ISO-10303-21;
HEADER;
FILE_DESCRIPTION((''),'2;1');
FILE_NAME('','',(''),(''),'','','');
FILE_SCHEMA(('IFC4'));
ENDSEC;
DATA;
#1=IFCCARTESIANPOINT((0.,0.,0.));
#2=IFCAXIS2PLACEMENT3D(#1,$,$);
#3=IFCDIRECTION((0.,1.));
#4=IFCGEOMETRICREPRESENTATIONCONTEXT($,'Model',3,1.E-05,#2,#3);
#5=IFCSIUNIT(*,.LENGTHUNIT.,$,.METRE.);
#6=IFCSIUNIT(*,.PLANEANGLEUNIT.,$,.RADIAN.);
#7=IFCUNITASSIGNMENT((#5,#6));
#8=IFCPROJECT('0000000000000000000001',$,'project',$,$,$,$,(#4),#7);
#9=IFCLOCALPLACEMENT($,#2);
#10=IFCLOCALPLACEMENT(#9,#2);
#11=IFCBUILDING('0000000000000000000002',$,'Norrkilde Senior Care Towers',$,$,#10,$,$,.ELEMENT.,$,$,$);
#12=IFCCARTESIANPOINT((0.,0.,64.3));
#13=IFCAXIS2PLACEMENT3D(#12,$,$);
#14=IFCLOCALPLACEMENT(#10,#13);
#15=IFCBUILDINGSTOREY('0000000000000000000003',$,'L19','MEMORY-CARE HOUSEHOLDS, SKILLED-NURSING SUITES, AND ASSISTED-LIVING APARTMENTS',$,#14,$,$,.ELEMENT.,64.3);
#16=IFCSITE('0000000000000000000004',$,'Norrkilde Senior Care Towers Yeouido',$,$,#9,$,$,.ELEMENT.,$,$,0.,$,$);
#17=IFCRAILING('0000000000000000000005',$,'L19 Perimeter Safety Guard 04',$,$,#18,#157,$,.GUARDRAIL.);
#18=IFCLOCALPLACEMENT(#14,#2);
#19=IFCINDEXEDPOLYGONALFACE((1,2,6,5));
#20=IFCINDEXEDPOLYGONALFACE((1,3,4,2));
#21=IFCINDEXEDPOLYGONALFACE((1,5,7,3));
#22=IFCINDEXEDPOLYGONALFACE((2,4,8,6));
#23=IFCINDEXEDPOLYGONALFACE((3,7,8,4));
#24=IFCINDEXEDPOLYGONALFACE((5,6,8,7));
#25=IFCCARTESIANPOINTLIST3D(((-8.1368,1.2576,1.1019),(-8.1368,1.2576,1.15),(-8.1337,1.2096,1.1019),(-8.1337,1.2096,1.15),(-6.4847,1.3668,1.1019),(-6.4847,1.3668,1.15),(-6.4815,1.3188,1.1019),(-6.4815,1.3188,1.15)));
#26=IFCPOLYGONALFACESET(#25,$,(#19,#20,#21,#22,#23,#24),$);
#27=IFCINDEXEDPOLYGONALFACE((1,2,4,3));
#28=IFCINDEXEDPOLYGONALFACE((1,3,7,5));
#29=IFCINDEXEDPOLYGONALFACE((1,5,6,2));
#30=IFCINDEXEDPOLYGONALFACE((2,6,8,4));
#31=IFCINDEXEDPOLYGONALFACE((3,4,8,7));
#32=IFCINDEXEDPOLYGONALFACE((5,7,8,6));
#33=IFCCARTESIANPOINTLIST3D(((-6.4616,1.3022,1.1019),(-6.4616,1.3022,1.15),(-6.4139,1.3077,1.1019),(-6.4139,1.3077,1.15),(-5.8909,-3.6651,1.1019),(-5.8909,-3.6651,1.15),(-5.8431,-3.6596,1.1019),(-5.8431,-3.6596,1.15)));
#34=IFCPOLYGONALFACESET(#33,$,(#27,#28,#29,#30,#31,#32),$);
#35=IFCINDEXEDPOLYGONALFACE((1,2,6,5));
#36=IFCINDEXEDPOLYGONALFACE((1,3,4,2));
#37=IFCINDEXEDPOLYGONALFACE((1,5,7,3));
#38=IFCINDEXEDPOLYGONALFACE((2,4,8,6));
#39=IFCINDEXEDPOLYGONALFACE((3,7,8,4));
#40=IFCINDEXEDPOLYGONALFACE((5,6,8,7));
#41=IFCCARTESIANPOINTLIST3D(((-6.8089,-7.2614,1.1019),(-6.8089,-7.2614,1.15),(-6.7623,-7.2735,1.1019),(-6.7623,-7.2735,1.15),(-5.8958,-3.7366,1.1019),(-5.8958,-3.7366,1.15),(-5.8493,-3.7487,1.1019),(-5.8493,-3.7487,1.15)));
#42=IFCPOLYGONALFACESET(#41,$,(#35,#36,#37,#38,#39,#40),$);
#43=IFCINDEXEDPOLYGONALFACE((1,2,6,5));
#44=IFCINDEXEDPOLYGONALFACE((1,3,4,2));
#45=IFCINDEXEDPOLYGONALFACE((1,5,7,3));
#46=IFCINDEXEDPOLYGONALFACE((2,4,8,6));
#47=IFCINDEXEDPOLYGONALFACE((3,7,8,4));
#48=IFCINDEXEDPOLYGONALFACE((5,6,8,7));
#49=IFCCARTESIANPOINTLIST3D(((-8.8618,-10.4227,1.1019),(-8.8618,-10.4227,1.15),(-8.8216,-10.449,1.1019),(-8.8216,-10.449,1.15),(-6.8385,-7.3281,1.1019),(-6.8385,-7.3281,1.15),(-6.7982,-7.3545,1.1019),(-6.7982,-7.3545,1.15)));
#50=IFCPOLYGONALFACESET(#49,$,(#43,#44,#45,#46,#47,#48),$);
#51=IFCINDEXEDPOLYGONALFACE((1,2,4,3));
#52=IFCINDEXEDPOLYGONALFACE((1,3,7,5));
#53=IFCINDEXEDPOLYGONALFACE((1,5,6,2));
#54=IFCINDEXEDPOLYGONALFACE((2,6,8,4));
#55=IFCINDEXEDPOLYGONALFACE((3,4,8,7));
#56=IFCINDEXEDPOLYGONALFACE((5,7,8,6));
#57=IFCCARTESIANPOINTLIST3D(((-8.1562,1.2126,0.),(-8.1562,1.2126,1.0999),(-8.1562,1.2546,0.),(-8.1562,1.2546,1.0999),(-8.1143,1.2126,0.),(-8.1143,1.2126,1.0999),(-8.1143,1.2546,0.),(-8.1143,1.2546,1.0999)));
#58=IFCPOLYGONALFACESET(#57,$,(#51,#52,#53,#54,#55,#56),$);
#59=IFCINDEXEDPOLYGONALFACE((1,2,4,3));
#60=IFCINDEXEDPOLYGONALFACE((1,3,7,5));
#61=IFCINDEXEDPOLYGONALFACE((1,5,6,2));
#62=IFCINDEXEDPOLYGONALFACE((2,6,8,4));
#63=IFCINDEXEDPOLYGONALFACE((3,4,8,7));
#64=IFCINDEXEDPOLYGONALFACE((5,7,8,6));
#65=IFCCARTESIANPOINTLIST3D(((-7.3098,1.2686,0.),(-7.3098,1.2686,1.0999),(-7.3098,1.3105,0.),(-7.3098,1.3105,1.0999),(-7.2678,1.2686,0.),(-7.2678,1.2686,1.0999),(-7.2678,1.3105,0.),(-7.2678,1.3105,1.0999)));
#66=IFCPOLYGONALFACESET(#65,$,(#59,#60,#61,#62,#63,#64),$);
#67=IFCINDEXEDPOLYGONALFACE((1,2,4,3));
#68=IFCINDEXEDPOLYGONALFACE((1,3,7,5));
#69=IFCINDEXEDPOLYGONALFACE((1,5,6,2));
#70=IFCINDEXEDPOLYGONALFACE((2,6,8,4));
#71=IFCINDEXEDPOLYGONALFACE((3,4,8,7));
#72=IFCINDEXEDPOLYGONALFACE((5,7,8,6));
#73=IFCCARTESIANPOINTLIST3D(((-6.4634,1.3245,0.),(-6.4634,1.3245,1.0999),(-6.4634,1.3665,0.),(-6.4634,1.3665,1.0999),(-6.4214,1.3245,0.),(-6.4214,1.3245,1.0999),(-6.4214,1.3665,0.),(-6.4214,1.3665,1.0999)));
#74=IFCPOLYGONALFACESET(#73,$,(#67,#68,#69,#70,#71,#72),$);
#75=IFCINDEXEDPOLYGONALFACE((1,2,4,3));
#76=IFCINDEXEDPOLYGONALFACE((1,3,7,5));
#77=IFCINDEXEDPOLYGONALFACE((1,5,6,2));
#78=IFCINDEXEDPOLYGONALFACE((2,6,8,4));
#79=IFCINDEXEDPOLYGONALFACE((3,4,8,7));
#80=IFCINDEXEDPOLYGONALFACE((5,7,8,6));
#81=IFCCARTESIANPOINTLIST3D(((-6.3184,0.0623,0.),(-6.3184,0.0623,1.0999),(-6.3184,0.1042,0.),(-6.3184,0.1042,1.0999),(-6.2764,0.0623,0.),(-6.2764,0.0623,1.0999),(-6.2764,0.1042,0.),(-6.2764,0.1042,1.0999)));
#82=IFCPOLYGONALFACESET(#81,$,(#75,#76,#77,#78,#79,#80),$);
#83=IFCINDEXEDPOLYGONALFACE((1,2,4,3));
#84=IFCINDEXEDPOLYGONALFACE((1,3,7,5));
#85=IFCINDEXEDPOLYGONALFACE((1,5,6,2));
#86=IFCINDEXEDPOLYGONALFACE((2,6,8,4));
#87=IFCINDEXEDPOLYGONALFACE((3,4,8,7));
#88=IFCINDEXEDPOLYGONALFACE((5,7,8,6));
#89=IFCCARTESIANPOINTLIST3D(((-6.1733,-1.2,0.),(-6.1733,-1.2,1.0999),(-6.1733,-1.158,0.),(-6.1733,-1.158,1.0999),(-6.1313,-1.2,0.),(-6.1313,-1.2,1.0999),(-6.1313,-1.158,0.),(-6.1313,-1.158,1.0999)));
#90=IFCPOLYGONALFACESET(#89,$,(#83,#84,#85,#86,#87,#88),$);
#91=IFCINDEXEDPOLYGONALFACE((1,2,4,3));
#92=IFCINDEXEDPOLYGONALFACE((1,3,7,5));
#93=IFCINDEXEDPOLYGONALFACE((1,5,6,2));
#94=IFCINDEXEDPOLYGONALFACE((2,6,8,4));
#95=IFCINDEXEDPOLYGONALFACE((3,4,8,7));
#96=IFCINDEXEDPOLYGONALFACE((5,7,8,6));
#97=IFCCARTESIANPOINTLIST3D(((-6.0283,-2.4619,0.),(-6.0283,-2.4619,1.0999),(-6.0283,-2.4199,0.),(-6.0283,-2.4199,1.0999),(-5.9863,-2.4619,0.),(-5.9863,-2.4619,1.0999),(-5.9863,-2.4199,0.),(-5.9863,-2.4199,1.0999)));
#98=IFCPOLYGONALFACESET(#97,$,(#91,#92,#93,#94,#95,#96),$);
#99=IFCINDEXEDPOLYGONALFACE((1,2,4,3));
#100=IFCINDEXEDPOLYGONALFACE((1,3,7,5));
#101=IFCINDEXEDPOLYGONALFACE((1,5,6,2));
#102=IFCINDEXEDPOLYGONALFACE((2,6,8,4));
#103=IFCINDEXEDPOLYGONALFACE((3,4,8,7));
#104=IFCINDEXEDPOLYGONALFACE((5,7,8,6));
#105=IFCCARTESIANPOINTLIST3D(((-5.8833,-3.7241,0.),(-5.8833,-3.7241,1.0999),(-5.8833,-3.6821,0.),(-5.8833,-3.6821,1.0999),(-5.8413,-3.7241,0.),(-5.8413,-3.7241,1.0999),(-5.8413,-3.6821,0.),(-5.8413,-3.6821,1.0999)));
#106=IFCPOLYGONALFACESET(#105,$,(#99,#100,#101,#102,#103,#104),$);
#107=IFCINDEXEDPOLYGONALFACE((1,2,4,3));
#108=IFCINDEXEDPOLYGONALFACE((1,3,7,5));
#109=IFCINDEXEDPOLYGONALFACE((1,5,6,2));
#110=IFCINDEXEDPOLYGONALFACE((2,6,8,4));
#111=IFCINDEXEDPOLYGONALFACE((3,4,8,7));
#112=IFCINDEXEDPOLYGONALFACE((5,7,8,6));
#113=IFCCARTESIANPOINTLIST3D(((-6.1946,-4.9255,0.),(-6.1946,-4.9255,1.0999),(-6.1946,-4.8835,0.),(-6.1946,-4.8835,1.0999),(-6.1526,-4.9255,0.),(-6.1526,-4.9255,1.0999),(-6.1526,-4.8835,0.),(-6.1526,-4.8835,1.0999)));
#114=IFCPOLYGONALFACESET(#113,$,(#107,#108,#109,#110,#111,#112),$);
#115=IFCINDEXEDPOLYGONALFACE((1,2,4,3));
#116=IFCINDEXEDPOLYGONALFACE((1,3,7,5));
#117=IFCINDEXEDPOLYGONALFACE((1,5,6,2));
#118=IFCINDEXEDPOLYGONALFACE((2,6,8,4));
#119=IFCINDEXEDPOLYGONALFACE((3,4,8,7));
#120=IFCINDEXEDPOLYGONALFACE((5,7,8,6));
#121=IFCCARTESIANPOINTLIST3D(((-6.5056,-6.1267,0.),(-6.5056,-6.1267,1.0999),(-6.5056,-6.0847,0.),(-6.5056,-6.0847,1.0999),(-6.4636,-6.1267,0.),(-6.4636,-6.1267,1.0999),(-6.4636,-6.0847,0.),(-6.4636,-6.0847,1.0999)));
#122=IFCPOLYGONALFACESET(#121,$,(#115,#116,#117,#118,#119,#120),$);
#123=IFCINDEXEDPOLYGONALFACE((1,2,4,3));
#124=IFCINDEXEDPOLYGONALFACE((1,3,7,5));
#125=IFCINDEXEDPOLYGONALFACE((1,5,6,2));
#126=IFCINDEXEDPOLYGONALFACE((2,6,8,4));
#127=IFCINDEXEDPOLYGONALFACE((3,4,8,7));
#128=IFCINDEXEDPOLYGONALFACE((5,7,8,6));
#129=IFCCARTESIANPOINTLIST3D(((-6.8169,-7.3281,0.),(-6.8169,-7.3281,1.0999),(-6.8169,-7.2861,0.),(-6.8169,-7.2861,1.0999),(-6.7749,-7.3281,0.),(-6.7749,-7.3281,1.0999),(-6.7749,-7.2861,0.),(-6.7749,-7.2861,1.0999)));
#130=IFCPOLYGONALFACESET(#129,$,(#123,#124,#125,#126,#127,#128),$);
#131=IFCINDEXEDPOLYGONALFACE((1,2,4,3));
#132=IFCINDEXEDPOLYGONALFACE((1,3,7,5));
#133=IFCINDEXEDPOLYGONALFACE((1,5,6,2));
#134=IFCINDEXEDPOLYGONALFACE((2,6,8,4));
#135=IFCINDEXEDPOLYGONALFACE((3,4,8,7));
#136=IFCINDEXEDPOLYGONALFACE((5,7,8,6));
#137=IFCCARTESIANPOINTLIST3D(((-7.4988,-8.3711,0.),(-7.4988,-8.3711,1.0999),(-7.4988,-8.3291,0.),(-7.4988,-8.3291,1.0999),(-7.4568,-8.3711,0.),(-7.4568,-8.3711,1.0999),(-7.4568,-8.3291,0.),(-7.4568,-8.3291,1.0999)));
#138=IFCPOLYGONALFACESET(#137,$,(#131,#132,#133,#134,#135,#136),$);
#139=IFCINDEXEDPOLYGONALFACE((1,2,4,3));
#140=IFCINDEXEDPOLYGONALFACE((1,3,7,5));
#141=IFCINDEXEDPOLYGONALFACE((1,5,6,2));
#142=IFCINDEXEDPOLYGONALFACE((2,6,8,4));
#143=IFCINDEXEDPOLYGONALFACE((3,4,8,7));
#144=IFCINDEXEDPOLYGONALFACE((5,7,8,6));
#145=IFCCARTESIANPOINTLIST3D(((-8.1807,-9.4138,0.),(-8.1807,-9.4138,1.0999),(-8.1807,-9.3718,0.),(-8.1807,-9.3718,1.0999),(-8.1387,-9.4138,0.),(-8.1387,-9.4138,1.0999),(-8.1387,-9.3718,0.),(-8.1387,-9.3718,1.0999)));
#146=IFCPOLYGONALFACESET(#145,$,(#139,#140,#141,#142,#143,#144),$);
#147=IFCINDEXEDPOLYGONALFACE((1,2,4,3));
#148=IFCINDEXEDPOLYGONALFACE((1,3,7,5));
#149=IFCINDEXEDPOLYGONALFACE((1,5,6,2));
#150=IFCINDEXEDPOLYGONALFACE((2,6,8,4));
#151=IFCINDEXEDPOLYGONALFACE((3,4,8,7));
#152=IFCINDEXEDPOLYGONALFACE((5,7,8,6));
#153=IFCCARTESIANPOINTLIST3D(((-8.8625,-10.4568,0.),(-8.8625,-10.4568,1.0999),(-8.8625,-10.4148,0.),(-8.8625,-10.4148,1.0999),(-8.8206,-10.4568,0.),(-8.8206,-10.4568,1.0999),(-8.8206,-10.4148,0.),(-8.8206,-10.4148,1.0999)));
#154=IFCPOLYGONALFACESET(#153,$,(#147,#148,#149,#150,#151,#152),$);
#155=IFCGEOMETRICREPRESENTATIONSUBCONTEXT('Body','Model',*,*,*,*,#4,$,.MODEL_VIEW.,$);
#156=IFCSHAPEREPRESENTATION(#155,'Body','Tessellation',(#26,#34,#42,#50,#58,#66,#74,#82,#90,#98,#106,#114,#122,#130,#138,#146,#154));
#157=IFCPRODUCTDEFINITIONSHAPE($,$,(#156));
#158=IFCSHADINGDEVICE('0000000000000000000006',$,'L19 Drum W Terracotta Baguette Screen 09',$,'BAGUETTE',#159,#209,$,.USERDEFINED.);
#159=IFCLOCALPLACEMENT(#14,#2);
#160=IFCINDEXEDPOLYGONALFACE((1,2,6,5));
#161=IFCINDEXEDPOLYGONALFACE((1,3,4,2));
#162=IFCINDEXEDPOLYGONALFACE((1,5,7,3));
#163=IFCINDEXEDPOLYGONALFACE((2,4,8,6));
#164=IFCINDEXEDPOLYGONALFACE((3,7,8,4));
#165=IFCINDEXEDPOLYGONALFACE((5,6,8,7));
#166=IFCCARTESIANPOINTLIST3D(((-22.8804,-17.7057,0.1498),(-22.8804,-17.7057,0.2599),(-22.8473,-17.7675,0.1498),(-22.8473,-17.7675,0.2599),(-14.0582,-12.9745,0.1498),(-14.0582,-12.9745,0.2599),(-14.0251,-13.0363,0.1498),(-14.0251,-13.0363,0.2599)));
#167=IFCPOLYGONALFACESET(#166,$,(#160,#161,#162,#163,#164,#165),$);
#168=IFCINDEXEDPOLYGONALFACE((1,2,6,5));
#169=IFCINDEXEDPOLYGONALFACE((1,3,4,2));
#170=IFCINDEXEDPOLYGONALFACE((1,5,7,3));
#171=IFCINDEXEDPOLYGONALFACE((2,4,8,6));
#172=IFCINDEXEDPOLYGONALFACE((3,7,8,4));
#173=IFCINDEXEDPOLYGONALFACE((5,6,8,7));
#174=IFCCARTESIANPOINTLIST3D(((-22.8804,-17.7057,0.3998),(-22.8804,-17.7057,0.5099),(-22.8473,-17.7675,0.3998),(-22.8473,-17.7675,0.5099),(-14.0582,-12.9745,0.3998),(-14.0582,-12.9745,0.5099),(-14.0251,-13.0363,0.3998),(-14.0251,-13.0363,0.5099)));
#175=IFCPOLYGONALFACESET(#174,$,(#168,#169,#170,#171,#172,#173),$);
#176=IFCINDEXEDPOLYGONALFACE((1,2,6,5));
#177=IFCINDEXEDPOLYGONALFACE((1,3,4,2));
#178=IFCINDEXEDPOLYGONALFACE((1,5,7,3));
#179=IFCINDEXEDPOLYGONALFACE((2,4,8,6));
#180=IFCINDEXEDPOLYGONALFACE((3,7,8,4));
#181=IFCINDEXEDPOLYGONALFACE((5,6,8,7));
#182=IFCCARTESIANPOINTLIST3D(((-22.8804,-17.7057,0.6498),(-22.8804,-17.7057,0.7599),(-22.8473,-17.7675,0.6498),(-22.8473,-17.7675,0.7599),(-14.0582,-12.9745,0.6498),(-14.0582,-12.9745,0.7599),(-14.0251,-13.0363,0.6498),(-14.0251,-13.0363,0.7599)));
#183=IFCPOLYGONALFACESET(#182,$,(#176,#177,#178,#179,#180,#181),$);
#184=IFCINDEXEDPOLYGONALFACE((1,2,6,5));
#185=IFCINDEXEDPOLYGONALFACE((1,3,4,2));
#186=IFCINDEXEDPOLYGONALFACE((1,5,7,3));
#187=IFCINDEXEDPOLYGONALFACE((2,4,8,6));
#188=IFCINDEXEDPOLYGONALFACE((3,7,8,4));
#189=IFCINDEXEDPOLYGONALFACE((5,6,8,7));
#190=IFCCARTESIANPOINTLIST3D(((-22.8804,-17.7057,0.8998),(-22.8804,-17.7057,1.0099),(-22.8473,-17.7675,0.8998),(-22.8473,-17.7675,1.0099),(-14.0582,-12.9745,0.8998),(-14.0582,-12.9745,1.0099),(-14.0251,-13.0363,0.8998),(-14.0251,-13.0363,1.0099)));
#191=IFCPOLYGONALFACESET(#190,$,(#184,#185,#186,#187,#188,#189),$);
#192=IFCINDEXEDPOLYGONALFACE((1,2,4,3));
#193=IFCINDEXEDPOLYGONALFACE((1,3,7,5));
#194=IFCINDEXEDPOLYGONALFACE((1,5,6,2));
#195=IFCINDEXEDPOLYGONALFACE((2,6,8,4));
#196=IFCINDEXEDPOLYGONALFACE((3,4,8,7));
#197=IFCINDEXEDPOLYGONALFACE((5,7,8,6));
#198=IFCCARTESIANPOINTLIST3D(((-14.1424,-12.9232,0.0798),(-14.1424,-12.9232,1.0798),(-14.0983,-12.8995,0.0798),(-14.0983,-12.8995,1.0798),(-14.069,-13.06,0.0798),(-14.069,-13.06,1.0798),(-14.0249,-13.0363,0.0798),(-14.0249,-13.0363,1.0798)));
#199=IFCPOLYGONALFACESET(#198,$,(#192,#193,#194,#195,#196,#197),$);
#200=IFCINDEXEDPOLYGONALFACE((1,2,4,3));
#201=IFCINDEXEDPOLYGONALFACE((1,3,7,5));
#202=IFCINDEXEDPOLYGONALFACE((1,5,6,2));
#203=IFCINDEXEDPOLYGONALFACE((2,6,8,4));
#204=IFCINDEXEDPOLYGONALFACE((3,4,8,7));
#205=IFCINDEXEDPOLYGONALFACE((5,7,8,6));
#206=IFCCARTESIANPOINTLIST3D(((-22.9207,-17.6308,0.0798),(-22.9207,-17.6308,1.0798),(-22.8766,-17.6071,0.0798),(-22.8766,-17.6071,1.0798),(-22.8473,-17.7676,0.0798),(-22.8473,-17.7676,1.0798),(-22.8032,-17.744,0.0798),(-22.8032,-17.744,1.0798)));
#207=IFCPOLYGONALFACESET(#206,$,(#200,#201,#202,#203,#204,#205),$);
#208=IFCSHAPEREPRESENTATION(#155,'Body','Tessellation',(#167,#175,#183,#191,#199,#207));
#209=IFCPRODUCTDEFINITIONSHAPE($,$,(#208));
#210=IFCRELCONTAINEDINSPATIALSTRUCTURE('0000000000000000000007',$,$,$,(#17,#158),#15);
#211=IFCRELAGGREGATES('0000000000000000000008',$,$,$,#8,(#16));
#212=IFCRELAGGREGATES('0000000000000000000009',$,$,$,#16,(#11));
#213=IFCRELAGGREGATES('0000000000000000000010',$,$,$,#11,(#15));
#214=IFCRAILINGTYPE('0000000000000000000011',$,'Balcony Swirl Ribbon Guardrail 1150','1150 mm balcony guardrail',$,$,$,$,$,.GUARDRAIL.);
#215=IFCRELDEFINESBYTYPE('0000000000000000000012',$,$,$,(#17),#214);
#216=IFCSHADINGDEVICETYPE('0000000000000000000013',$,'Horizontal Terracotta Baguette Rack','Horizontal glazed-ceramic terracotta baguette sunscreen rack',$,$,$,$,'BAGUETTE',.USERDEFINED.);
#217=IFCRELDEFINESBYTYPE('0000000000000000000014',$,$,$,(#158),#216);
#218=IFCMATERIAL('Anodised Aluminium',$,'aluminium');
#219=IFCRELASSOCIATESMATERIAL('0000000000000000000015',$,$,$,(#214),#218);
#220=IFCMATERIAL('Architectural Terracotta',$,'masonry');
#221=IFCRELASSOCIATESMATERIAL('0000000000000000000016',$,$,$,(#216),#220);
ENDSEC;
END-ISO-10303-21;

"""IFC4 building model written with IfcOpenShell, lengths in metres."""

from ifc_helpers import new_model, si_unit, direction, frame, origin, origin_2d, place, context, subcontext, project, spatial, rectangle, extrude, source, transform, mapped, material, type_object, type_shapes, element, save


model = new_model("IFC4")

# Units and contexts
model_context = context("Model", 3, precision=1e-05, world=origin(), true_north=direction((0.0, 1.0)))
body_context = subcontext(model_context, "Body", "Model", "MODEL_VIEW")
ifc_project = project(units=[si_unit("LENGTHUNIT", "METRE"), si_unit("PLANEANGLEUNIT", "RADIAN")], contexts=[model_context])

# Site, building, storey
site_placement = place(None, origin())
site = spatial("IfcSite", under=ifc_project, at=site_placement, Name="Norrkilde Senior Care Towers Yeouido", CompositionType="ELEMENT", RefElevation=0.0)
building_placement = place(site_placement, origin())
building = spatial("IfcBuilding", under=site, at=building_placement, Name="Norrkilde Senior Care Towers", CompositionType="ELEMENT")
storey_placement = place(building_placement, frame((0.0, 0.0, 64.3)))
storey = spatial("IfcBuildingStorey", under=building, at=storey_placement, Name="L19", Description="MEMORY-CARE HOUSEHOLDS, SKILLED-NURSING SUITES, AND ASSISTED-LIVING APARTMENTS", CompositionType="ELEMENT", Elevation=64.3)

# Shared definitions
ifc_material_1 = material(Name="Anodised Aluminium", Category="aluminium")

# Railing
railing_type = type_object("IfcRailingType", Name="Balcony Swirl Ribbon Guardrail 1150", Description="1150 mm balcony guardrail", PredefinedType="GUARDRAIL", material=ifc_material_1)
railing_1_placement = place(storey_placement, frame((-8.1353, 1.2336, 0.0)))
element("IfcRailing", 1, at=railing_1_placement, inside=storey, type_object=railing_type, Name="L19 Perimeter Safety Guard 04", PredefinedType="GUARDRAIL", context=body_context, shape_type="SweptSolid", body=[
    extrude(rectangle(XDim=0.0481, YDim=0.0481, at=origin_2d()), frame((0.0, 0.0, 1.126), z_axis=(0.997826, 0.065908, 0.0), x_axis=(-0.065908, 0.997826, 0.0)), (0.0, 0.0, 1.0), 1.6558),
    extrude(rectangle(XDim=0.0481, YDim=0.0481, at=origin_2d()), frame((1.6975, 0.0713, 1.126), z_axis=(0.114148, -0.993464, 0.0), x_axis=(0.993464, 0.114148, 0.0)), (0.0, 0.0, 1.0), 5.0),
    extrude(rectangle(XDim=0.0481, YDim=0.0481, at=origin_2d()), frame((2.2627, -4.9763, 1.126), z_axis=(-0.250766, -0.968048, 0.0), x_axis=(0.968048, -0.250766, 0.0)), (0.0, 0.0, 1.0), 3.6411),
    extrude(rectangle(XDim=0.0481, YDim=0.0481, at=origin_2d()), frame((1.3169, -8.575, 1.126), z_axis=(-0.547248, -0.836971, 0.0), x_axis=(0.836971, -0.547248, 0.0)), (0.0, 0.0, 1.0), 3.6973),
    extrude(rectangle(XDim=0.042, YDim=0.042, at=origin_2d()), origin(), (0.0, 0.0, 1.0), 1.0999),
    extrude(rectangle(XDim=0.042, YDim=0.042, at=origin_2d()), frame((0.8464, 0.0559, 0.0)), (0.0, 0.0, 1.0), 1.0999),
    extrude(rectangle(XDim=0.042, YDim=0.042, at=origin_2d()), frame((1.6929, 0.1118, 0.0)), (0.0, 0.0, 1.0), 1.0999),
    extrude(rectangle(XDim=0.042, YDim=0.042, at=origin_2d()), frame((1.8379, -1.1504, 0.0)), (0.0, 0.0, 1.0), 1.0999),
    extrude(rectangle(XDim=0.042, YDim=0.042, at=origin_2d()), frame((1.9829, -2.4126, 0.0)), (0.0, 0.0, 1.0), 1.0999),
    extrude(rectangle(XDim=0.042, YDim=0.042, at=origin_2d()), frame((2.1279, -3.6746, 0.0)), (0.0, 0.0, 1.0), 1.0999),
    extrude(rectangle(XDim=0.042, YDim=0.042, at=origin_2d()), frame((2.2729, -4.9368, 0.0)), (0.0, 0.0, 1.0), 1.0999),
    extrude(rectangle(XDim=0.042, YDim=0.042, at=origin_2d()), frame((1.9617, -6.1382, 0.0)), (0.0, 0.0, 1.0), 1.0999),
    extrude(rectangle(XDim=0.042, YDim=0.042, at=origin_2d()), frame((1.6506, -7.3394, 0.0)), (0.0, 0.0, 1.0), 1.0999),
    extrude(rectangle(XDim=0.042, YDim=0.042, at=origin_2d()), frame((1.3394, -8.5408, 0.0)), (0.0, 0.0, 1.0), 1.0999),
    extrude(rectangle(XDim=0.042, YDim=0.042, at=origin_2d()), frame((0.6575, -9.5837, 0.0)), (0.0, 0.0, 1.0), 1.0999),
    extrude(rectangle(XDim=0.042, YDim=0.042, at=origin_2d()), frame((-0.0244, -10.6265, 0.0)), (0.0, 0.0, 1.0), 1.0999),
    extrude(rectangle(XDim=0.042, YDim=0.042, at=origin_2d()), frame((-0.7063, -11.6694, 0.0)), (0.0, 0.0, 1.0), 1.0999),
])

# Shading device
ifc_material_2 = material(Name="Architectural Terracotta", Category="masonry")
shading_device_type = type_object("IfcShadingDeviceType", Name="Horizontal Terracotta Baguette Rack", Description="Horizontal glazed-ceramic terracotta baguette sunscreen rack", ElementType="BAGUETTE", PredefinedType="USERDEFINED", material=ifc_material_2)
shared_shape_1 = source(origin(), body_context, "Body", "SweptSolid", [
    extrude(rectangle(XDim=0.0701, YDim=0.1101, at=origin_2d()), frame((0.0, 0.0901, 0.125), z_axis=(1.0, 0.0, 0.0), x_axis=(0.0, 1.0, 0.0)), (0.0, 0.0, 1.0), 10.0107),
    extrude(rectangle(XDim=0.0701, YDim=0.1101, at=origin_2d()), frame((0.0, 0.0901, 0.375), z_axis=(1.0, 0.0, 0.0), x_axis=(0.0, 1.0, 0.0)), (0.0, 0.0, 1.0), 10.0107),
    extrude(rectangle(XDim=0.0701, YDim=0.1101, at=origin_2d()), frame((0.0, 0.0901, 0.625), z_axis=(1.0, 0.0, 0.0), x_axis=(0.0, 1.0, 0.0)), (0.0, 0.0, 1.0), 10.0107),
    extrude(rectangle(XDim=0.0701, YDim=0.1101, at=origin_2d()), frame((0.0, 0.0901, 0.875), z_axis=(1.0, 0.0, 0.0), x_axis=(0.0, 1.0, 0.0)), (0.0, 0.0, 1.0), 10.0107),
    extrude(rectangle(XDim=0.05, YDim=0.1553, at=origin_2d()), frame((0.0249, 0.0476, 0.0)), (0.0, 0.0, 1.0), 1.0),
    extrude(rectangle(XDim=0.05, YDim=0.1553, at=origin_2d()), frame((9.9858, 0.0476, 0.0)), (0.0, 0.0, 1.0), 1.0),
])
type_shapes(shading_device_type, [shared_shape_1])
shading_device_placement = place(storey_placement, frame((-14.0842, -12.926, 0.0798), z_axis=(0.0, 0.0, 1.0), x_axis=(-0.88128, -0.472612, 0.0)))
element("IfcShadingDevice", 2, at=shading_device_placement, inside=storey, type_object=shading_device_type, Name="L19 Drum W Terracotta Baguette Screen 09", ObjectType="BAGUETTE", PredefinedType="USERDEFINED", context=body_context, shape_type="MappedRepresentation", body=[
    mapped(shared_shape_1, transform((0.0, 0.0, 0.0), x_axis=(1.0, 0.0, 0.0), y_axis=(0.0, 1.0, 0.0), z_axis=(0.0, 0.0, 1.0), scale=1.0)),
])

save(model, "model.ifc")
